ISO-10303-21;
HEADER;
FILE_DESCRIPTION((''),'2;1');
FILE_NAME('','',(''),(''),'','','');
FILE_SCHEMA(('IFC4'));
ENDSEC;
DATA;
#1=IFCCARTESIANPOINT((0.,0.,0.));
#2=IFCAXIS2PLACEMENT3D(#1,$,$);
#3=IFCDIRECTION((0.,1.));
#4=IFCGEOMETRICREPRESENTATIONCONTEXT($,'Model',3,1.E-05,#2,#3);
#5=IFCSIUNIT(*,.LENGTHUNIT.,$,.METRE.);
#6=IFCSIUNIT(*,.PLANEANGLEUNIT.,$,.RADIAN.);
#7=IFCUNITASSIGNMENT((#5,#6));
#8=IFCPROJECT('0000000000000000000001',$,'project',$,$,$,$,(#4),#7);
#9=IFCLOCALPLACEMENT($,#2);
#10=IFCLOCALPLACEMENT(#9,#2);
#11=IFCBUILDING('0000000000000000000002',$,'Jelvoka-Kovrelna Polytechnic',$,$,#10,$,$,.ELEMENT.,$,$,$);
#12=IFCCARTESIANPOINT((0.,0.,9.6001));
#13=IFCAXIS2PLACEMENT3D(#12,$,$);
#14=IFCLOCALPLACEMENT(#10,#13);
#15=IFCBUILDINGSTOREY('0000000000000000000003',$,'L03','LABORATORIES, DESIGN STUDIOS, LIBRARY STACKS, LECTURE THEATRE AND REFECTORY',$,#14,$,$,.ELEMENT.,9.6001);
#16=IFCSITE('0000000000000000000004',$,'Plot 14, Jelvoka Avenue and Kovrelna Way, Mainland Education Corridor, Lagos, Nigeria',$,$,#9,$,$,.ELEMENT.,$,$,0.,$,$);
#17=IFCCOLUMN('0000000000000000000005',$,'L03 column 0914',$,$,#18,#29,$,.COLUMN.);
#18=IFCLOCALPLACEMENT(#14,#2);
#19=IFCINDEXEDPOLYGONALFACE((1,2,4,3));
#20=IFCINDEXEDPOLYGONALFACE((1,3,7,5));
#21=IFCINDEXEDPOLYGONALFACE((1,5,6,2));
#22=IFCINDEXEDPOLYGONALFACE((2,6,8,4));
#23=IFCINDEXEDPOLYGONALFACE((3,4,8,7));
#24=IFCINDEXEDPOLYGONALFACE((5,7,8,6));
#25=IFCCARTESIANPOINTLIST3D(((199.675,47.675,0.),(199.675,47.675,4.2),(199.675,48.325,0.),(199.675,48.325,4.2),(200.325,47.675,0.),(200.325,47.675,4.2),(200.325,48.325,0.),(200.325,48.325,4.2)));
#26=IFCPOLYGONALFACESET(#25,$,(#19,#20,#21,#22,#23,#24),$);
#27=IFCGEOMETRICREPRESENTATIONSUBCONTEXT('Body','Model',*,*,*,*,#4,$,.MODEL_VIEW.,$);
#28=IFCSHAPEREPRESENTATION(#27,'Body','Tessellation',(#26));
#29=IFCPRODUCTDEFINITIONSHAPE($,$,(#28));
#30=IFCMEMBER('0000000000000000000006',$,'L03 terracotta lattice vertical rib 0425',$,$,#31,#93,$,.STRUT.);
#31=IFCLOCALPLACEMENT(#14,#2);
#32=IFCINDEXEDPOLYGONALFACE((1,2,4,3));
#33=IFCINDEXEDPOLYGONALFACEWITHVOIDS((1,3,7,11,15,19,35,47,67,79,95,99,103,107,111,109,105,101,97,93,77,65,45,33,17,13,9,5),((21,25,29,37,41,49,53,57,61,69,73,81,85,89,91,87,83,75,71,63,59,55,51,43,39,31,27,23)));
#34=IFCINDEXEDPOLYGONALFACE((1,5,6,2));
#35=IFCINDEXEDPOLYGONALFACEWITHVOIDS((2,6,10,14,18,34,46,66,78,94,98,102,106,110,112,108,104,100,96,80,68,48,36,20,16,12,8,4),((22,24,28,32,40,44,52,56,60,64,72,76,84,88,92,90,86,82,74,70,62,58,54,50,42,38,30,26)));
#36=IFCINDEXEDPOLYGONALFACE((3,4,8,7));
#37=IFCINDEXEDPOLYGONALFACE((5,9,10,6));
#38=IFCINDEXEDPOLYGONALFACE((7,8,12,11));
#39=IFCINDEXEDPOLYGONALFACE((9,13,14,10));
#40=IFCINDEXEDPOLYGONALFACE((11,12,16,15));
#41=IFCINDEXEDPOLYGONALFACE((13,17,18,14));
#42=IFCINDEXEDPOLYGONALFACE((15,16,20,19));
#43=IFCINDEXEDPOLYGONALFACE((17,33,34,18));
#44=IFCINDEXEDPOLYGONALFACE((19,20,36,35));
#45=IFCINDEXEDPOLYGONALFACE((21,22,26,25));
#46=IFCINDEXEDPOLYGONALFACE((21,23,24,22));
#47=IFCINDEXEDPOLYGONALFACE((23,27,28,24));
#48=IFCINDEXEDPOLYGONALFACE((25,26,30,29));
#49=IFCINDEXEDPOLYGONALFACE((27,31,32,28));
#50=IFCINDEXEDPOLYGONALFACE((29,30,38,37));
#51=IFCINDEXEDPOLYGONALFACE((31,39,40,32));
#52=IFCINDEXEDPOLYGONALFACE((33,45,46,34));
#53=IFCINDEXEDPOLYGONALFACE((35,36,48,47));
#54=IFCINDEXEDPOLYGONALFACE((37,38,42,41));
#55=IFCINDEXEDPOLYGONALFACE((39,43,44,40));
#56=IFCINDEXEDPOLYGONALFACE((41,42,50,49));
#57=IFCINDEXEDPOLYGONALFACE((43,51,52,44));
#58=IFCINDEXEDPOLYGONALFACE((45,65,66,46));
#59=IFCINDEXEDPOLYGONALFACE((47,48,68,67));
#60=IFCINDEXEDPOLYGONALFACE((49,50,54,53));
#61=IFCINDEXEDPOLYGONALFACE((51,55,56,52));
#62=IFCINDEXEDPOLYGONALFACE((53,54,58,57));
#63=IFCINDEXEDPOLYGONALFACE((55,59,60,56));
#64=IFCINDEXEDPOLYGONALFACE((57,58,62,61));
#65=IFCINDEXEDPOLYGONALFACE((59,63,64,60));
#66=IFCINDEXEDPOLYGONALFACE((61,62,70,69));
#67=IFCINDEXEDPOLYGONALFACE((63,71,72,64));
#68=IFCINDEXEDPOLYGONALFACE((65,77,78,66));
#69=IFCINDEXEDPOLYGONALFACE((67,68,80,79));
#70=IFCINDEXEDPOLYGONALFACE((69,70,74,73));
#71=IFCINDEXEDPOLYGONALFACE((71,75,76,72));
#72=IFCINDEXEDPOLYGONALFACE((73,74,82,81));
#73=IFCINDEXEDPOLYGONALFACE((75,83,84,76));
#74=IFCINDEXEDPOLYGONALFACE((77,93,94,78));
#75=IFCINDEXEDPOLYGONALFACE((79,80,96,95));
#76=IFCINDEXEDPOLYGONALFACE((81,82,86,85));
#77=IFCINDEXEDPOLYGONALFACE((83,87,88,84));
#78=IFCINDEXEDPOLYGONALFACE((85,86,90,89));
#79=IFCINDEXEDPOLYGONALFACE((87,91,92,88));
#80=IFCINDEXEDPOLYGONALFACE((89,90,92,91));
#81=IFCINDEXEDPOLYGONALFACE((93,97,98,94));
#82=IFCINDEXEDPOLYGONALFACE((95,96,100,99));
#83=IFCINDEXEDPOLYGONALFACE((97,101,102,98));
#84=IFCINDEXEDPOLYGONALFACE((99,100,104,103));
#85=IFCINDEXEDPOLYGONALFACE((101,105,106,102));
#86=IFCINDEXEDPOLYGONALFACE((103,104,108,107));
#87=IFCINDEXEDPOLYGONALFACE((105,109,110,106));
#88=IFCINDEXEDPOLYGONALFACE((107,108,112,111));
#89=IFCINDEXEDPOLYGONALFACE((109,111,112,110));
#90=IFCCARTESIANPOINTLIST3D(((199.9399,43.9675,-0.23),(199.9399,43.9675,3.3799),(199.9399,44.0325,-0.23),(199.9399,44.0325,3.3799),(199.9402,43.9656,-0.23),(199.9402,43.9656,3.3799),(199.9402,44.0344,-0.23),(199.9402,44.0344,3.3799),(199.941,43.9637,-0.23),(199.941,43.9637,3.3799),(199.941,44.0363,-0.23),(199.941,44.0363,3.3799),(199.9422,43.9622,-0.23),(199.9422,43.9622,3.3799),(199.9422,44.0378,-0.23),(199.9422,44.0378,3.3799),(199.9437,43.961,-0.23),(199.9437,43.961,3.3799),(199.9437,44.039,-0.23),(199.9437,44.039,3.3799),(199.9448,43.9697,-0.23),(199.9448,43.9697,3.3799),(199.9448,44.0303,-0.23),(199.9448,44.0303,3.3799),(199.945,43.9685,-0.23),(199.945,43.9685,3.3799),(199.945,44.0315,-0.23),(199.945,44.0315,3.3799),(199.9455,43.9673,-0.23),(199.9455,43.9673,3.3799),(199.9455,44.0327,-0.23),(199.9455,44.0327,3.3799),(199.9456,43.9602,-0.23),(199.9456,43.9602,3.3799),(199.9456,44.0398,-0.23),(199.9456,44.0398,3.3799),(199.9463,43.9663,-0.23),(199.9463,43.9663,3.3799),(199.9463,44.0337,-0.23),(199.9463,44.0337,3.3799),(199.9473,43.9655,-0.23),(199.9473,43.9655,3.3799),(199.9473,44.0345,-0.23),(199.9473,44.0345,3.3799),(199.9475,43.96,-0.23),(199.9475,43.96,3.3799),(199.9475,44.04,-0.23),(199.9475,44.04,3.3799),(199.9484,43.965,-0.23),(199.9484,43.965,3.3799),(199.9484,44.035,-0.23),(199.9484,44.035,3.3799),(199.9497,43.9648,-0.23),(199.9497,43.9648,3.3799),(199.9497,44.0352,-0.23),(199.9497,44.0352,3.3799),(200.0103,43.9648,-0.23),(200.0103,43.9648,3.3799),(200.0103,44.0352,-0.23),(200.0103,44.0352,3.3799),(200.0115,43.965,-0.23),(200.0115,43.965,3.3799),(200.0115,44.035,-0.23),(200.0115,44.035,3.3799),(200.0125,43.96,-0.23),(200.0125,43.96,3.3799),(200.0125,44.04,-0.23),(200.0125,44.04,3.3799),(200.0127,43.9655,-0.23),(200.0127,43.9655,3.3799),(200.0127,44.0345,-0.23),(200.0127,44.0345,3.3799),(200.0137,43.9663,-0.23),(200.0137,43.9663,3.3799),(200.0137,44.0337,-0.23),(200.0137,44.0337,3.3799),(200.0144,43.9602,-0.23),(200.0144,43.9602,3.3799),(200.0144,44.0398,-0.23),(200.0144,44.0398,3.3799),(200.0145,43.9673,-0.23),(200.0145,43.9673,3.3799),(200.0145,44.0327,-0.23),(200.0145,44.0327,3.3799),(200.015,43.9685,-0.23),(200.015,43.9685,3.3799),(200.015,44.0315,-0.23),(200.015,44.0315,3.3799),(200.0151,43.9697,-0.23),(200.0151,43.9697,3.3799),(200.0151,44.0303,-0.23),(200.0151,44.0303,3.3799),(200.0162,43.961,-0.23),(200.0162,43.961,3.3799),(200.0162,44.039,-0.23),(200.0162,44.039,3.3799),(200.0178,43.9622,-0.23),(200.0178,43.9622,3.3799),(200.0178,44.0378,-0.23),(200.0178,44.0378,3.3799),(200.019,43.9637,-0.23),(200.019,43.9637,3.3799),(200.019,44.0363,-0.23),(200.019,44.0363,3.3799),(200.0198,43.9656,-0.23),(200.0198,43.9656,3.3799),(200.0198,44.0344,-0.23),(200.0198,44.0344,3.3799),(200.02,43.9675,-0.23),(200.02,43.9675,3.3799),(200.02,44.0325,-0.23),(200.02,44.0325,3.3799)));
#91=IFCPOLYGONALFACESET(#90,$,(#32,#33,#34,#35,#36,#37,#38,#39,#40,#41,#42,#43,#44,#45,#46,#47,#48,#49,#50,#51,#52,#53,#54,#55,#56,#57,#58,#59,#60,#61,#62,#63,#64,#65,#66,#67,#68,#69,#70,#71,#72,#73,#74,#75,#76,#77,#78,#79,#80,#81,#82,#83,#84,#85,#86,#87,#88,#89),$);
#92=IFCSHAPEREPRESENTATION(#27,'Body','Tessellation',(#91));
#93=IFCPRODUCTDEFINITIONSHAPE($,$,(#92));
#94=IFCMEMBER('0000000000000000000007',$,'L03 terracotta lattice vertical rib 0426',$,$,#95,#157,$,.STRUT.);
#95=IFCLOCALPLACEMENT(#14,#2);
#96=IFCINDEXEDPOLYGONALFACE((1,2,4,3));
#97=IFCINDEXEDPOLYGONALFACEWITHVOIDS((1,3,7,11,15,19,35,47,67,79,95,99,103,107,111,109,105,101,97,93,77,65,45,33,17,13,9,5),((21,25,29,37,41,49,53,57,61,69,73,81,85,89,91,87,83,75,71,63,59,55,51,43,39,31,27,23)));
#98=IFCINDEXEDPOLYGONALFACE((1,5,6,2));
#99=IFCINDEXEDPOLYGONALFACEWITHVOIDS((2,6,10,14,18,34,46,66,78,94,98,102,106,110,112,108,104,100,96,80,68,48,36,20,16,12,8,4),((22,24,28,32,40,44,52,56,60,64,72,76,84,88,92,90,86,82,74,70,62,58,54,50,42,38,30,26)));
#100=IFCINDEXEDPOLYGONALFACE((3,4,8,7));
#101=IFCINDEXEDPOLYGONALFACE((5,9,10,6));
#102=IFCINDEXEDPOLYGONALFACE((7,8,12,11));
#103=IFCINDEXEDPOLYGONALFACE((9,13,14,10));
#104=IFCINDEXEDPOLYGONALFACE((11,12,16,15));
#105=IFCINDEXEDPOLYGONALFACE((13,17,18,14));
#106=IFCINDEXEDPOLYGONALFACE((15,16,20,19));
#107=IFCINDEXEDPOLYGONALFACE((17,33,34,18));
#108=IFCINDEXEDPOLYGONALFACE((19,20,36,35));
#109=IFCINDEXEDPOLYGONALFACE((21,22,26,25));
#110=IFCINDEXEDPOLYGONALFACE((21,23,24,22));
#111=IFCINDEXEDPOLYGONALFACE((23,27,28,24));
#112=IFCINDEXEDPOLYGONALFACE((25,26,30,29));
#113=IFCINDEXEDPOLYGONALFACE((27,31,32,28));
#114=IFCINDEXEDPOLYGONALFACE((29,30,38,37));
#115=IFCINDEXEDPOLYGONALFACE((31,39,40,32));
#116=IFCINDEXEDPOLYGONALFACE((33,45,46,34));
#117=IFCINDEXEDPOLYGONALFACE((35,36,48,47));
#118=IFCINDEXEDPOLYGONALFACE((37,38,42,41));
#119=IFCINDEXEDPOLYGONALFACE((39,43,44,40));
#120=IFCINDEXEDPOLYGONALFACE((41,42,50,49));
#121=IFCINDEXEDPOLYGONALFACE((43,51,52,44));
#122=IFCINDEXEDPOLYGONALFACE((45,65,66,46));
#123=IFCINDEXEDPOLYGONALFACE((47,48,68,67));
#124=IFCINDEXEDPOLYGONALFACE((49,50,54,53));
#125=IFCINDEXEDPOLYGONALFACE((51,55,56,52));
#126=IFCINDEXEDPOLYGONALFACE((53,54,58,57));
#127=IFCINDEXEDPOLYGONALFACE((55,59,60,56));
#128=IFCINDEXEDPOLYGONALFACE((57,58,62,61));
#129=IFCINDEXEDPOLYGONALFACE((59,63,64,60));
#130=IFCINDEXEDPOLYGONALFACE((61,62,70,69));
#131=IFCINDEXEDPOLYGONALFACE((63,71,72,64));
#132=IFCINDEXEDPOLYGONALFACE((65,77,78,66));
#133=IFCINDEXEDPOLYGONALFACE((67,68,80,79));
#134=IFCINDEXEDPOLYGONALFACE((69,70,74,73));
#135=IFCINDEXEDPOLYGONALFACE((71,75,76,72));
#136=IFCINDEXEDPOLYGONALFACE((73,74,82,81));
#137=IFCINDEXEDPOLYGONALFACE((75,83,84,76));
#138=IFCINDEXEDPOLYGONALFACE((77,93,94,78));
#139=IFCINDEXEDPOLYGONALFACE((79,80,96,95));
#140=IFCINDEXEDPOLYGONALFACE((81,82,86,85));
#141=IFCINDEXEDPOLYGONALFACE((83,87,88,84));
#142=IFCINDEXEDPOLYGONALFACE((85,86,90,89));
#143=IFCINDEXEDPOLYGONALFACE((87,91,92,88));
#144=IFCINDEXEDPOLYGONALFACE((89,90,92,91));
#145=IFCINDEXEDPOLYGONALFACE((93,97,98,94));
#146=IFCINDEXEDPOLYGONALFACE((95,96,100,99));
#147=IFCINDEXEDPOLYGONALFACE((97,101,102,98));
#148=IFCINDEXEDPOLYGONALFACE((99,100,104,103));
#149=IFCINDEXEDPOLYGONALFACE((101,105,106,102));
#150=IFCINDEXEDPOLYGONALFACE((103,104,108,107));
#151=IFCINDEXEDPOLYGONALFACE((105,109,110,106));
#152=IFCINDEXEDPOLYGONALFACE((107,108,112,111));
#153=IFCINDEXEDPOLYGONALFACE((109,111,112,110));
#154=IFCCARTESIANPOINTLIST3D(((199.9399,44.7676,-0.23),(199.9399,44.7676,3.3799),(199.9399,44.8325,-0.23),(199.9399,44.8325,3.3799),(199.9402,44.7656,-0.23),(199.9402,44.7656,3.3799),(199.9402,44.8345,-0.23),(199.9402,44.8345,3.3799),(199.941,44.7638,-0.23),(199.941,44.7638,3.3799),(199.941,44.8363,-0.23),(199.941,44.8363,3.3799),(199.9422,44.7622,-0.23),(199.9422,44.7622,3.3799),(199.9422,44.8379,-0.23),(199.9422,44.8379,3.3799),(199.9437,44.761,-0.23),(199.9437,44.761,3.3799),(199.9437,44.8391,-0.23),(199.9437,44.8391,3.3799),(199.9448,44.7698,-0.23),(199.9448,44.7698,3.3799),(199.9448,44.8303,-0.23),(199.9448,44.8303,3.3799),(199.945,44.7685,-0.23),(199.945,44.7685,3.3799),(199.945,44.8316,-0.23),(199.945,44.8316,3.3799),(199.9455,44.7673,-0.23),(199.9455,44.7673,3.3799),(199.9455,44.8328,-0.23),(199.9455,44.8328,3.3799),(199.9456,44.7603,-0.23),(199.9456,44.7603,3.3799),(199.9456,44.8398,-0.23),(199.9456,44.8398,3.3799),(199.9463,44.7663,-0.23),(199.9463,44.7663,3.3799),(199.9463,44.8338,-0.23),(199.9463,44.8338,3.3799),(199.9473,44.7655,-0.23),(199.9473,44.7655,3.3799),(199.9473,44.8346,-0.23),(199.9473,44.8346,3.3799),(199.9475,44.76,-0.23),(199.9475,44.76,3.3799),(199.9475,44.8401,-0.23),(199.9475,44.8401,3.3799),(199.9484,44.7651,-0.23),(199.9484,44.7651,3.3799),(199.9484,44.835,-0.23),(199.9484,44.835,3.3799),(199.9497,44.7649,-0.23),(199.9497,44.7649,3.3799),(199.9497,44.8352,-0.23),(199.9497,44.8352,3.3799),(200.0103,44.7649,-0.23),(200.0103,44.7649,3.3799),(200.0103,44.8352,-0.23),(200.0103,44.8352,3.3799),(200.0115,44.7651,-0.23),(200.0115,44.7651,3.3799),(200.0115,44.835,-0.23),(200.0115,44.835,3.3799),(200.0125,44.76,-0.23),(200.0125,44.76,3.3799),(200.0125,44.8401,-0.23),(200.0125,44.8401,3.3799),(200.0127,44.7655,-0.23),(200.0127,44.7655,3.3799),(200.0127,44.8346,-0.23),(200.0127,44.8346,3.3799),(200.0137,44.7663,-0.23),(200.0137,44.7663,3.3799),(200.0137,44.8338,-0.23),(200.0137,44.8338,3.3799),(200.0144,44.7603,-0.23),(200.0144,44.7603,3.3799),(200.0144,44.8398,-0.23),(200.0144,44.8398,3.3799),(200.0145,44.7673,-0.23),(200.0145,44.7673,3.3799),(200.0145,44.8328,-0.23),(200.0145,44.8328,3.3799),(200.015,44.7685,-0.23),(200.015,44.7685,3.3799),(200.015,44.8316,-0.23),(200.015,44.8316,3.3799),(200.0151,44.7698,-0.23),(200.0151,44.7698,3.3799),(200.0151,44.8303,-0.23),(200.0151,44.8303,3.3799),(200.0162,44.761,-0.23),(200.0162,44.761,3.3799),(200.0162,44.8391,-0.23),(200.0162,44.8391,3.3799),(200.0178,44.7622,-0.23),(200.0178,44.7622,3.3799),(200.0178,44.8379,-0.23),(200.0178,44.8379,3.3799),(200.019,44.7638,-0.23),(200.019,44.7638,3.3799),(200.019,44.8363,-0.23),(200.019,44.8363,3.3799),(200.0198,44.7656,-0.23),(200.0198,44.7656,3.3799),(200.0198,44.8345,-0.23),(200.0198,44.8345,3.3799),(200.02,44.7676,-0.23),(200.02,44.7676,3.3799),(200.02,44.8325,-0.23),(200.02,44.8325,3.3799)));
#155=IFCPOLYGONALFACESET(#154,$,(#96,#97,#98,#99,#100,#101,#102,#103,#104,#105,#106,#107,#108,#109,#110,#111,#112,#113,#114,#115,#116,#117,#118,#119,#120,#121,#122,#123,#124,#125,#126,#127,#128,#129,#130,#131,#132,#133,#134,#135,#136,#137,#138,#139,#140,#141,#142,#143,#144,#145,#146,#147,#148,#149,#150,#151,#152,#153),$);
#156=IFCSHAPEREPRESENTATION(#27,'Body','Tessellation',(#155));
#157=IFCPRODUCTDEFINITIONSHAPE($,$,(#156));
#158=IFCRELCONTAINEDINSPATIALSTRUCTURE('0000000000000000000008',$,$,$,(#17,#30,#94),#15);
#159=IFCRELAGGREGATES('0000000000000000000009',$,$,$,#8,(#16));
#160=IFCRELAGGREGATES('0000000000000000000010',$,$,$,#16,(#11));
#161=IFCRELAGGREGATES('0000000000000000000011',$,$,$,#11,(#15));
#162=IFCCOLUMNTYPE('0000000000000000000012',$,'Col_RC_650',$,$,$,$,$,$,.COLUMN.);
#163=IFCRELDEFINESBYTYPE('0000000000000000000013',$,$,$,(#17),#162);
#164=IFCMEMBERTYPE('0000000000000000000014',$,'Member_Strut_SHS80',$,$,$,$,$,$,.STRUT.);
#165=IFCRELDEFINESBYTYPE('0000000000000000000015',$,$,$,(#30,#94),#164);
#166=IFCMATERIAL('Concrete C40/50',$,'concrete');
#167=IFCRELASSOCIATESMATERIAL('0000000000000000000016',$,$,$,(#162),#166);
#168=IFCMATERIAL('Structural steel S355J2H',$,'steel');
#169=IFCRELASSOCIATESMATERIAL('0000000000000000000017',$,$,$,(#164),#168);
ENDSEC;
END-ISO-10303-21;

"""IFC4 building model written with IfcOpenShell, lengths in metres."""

from ifc_helpers import new_model, si_unit, direction, frame, origin, origin_2d, place, context, subcontext, project, spatial, rectangle, hollow_rectangle, extrude, material, material_profile, profile_set, type_object, element, save


model = new_model("IFC4")

# Units and contexts
model_context = context("Model", 3, precision=1e-05, world=origin(), true_north=direction((0.0, 1.0)))
body_context = subcontext(model_context, "Body", "Model", "MODEL_VIEW")
ifc_project = project(units=[si_unit("LENGTHUNIT", "METRE"), si_unit("PLANEANGLEUNIT", "RADIAN")], contexts=[model_context])

# Site, building, storey
site_placement = place(None, origin())
site = spatial("IfcSite", under=ifc_project, at=site_placement, Name="Plot 14, Jelvoka Avenue and Kovrelna Way, Mainland Education Corridor, Lagos, Nigeria", CompositionType="ELEMENT", RefElevation=0.0)
building_placement = place(site_placement, origin())
building = spatial("IfcBuilding", under=site, at=building_placement, Name="Jelvoka-Kovrelna Polytechnic", CompositionType="ELEMENT")
storey_placement = place(building_placement, frame((0.0, 0.0, 9.6001)))
storey = spatial("IfcBuildingStorey", under=building, at=storey_placement, Name="L03", Description="LABORATORIES, DESIGN STUDIOS, LIBRARY STACKS, LECTURE THEATRE AND REFECTORY", CompositionType="ELEMENT", Elevation=9.6001)

# Column
ifc_material_1 = material(Name="Concrete C40/50", Category="concrete")
ifc_material_profile_1 = material_profile(ifc_material_1, rectangle(XDim=0.6499, YDim=0.6499, at=origin_2d()), Name="RC 650x650")
ifc_profile_set_1 = profile_set([ifc_material_profile_1], Name="Concrete C40/50")
column_type = type_object("IfcColumnType", Name="Col_RC_650", PredefinedType="COLUMN", material=ifc_profile_set_1)
column_placement = place(storey_placement, frame((200.0, 48.0, 0.0), z_axis=(0.0, 0.0, 1.0), x_axis=(1.0, 0.0, 0.0)))
element("IfcColumn", 1, at=column_placement, inside=storey, type_object=column_type, Name="L03 column 0914", PredefinedType="COLUMN", context=body_context, shape_type="SweptSolid", body=[
    extrude(rectangle(XDim=0.6499, YDim=0.6499, at=origin_2d()), origin(), (0.0, 0.0, 1.0), 4.2),
])

# Members
ifc_material_2 = material(Name="Structural steel S355J2H", Category="steel")
ifc_material_profile_2 = material_profile(ifc_material_2, hollow_rectangle(XDim=0.0801, YDim=0.0801, WallThickness=0.0049, InnerFilletRadius=0.0049, OuterFilletRadius=0.0076, at=origin_2d()), Name="80x80x5.0 SHS")
ifc_profile_set_2 = profile_set([ifc_material_profile_2], Name="Structural steel S355J2H")
member_type = type_object("IfcMemberType", Name="Member_Strut_SHS80", PredefinedType="STRUT", material=ifc_profile_set_2)
for number, where, z_axis, x_axis, name in (
    (2, (199.98, 44.0, -0.23), (0.0, 0.0, 1.0), (1.0, 0.0, 0.0), "L03 terracotta lattice vertical rib 0425"),
    (3, (199.98, 44.8, -0.23), (0.0, 0.0, 1.0), (1.0, 0.0, 0.0), "L03 terracotta lattice vertical rib 0426"),
):
    element("IfcMember", number, at=place(storey_placement, frame(where, z_axis=z_axis, x_axis=x_axis)), inside=storey, type_object=member_type, Name=name, PredefinedType="STRUT", context=body_context, shape_type="SweptSolid", body=[
        extrude(hollow_rectangle(XDim=0.0801, YDim=0.0801, WallThickness=0.0049, InnerFilletRadius=0.0049, OuterFilletRadius=0.0076, at=origin_2d()), origin(), (0.0, 0.0, 1.0), 3.6099),
    ])

save(model, "model.ifc")
